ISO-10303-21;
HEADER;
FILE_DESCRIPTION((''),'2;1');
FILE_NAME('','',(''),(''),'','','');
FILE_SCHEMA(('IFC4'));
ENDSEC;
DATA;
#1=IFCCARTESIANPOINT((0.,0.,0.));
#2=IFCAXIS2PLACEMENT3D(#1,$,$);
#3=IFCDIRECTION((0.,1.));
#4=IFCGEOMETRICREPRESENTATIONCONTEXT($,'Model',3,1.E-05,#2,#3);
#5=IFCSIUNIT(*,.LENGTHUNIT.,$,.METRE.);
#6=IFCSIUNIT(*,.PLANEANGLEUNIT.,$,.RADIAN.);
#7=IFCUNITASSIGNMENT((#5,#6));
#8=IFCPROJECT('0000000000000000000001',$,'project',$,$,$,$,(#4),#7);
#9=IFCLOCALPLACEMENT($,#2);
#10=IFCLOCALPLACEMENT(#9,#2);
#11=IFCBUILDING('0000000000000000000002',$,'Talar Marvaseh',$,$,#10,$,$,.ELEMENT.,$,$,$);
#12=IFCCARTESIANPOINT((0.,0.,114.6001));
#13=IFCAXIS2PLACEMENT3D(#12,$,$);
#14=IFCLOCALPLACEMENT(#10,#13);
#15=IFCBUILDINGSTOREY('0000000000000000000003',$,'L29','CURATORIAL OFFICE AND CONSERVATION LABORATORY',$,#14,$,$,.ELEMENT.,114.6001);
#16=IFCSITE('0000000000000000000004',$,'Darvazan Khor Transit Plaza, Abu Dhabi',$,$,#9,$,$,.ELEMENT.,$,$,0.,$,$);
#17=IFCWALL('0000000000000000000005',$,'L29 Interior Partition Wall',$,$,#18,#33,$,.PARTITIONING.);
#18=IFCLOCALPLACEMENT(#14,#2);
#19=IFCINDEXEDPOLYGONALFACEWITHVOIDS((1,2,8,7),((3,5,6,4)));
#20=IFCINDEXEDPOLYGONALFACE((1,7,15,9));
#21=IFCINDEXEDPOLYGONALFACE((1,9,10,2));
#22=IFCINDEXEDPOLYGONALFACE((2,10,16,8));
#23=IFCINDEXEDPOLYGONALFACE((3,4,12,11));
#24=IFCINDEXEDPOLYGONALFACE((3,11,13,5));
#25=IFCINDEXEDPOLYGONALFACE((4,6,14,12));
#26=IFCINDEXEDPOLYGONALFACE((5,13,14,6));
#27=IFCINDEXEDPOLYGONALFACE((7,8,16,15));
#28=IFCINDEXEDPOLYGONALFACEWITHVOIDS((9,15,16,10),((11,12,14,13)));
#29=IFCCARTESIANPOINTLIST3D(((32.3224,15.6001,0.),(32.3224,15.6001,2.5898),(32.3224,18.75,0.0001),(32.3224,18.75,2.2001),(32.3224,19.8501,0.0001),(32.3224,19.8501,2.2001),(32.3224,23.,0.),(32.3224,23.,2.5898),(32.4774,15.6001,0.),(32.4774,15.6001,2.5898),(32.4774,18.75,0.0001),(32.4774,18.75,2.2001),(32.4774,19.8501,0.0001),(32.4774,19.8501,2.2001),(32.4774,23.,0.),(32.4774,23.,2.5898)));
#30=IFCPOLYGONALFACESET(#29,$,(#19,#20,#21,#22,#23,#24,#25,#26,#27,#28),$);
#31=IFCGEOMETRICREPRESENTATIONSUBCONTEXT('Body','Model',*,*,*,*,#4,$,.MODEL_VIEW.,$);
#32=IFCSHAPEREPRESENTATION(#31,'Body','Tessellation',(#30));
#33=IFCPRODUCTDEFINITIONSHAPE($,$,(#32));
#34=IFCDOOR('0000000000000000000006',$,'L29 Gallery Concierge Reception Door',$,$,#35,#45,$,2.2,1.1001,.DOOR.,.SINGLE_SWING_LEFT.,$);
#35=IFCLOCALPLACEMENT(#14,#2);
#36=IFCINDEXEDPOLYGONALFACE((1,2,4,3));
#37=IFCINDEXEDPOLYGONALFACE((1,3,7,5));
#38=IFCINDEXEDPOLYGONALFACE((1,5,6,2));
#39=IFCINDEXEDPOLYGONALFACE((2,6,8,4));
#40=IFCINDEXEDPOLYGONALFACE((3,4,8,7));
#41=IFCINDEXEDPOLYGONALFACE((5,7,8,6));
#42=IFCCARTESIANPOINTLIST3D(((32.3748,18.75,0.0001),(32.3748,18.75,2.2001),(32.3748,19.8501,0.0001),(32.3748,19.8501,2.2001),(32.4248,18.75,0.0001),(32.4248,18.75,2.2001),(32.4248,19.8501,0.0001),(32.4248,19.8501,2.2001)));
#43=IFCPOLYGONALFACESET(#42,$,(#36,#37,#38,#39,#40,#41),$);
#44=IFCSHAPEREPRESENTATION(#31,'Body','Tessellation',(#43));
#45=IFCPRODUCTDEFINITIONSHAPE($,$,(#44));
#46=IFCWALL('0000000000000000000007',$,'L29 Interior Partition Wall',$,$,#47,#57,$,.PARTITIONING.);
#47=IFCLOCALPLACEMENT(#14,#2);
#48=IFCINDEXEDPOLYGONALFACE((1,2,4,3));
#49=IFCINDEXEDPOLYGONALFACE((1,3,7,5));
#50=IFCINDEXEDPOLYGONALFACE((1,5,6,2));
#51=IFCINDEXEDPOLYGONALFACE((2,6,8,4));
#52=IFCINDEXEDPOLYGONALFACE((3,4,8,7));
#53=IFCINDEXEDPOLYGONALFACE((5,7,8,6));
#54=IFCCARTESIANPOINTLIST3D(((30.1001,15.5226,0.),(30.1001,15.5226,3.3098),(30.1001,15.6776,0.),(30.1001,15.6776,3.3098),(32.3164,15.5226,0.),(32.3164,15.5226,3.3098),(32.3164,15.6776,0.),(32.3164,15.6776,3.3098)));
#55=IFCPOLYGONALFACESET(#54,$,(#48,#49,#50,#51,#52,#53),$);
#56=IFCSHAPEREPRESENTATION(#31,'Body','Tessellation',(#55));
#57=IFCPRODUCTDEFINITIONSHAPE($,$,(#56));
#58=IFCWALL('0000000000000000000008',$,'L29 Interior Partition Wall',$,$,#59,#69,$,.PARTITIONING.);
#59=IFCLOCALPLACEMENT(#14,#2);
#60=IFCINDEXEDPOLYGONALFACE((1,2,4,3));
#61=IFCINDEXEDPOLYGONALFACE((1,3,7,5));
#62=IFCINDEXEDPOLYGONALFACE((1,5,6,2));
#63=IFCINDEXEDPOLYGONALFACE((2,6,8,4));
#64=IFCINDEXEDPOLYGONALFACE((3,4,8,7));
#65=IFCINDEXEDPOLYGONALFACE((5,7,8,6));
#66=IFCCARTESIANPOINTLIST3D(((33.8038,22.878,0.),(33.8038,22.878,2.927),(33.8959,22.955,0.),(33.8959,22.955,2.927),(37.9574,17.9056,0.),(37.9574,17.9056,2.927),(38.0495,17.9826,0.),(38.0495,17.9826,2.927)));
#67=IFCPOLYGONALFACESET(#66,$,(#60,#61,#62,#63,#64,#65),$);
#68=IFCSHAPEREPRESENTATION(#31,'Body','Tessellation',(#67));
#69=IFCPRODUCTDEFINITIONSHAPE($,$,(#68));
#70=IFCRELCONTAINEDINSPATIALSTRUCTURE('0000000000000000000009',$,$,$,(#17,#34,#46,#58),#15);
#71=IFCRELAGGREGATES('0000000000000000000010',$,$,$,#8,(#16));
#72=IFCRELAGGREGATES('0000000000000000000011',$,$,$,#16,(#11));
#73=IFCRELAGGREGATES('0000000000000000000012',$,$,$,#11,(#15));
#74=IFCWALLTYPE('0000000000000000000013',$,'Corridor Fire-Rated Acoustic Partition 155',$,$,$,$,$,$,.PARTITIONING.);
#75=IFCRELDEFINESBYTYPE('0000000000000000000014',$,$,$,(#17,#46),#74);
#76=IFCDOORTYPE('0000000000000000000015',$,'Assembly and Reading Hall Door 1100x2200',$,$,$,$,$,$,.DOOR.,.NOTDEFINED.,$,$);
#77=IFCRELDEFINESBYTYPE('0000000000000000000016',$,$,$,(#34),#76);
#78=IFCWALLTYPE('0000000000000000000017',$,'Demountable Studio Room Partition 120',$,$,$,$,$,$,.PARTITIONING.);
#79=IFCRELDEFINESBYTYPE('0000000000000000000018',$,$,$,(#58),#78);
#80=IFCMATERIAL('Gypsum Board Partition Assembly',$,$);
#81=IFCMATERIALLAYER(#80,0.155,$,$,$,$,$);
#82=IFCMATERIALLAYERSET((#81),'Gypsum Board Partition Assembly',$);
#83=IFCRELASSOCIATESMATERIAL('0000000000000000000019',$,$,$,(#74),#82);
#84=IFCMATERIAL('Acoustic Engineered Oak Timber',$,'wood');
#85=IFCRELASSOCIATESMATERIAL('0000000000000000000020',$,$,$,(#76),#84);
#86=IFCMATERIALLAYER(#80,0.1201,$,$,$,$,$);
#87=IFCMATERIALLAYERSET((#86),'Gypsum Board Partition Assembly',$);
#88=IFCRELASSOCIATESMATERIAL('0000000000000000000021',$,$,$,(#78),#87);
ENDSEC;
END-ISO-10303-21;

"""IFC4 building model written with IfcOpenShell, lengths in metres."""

from ifc_helpers import new_model, si_unit, direction, frame, frame_2d, origin, place, context, subcontext, project, spatial, rectangle, extrude, source, transform, mapped, material, layer, layer_set, type_object, type_shapes, element, fill, save


model = new_model("IFC4")

# Units and contexts
model_context = context("Model", 3, precision=1e-05, world=origin(), true_north=direction((0.0, 1.0)))
body_context = subcontext(model_context, "Body", "Model", "MODEL_VIEW")
ifc_project = project(units=[si_unit("LENGTHUNIT", "METRE"), si_unit("PLANEANGLEUNIT", "RADIAN")], contexts=[model_context])

# Site, building, storey
site_placement = place(None, origin())
site = spatial("IfcSite", under=ifc_project, at=site_placement, Name="Darvazan Khor Transit Plaza, Abu Dhabi", CompositionType="ELEMENT", RefElevation=0.0)
building_placement = place(site_placement, origin())
building = spatial("IfcBuilding", under=site, at=building_placement, Name="Talar Marvaseh", CompositionType="ELEMENT")
storey_placement = place(building_placement, frame((0.0, 0.0, 114.6001)))
storey = spatial("IfcBuildingStorey", under=building, at=storey_placement, Name="L29", Description="CURATORIAL OFFICE AND CONSERVATION LABORATORY", CompositionType="ELEMENT", Elevation=114.6001)

# Wall, opening, door
ifc_material_1 = material(Name="Gypsum Board Partition Assembly")
ifc_layer_1 = layer(ifc_material_1, 0.155)
ifc_layer_set_1 = layer_set([ifc_layer_1], Name="Gypsum Board Partition Assembly")
wall_type_1 = type_object("IfcWallType", Name="Corridor Fire-Rated Acoustic Partition 155", PredefinedType="PARTITIONING", material=ifc_layer_set_1)
wall_1_placement = place(storey_placement, frame((32.3999, 23.0, 0.0), z_axis=(0.0, 0.0, 1.0), x_axis=(0.0, -1.0, 0.0)))
wall_1 = element("IfcWall", 1, at=wall_1_placement, inside=storey, type_object=wall_type_1, Name="L29 Interior Partition Wall", PredefinedType="PARTITIONING", context=body_context, shape_type="SweptSolid", body=[
    extrude(rectangle(XDim=7.3999, YDim=0.155, at=frame_2d((3.7, 0.0))), origin(), (0.0, 0.0, 1.0), 2.5898),
])
opening_placement = place(wall_1_placement, frame((3.1499, 0.0, 0.0)))
opening = element("IfcOpeningElement", 2, at=opening_placement, cuts=wall_1, PredefinedType="OPENING", context=body_context, shape_type="SweptSolid", body=[
    extrude(rectangle(XDim=1.1001, YDim=2.2, at=frame_2d((0.55, 1.1001))), frame((0.0, 0.0874, 0.0), z_axis=(0.0, -1.0, 0.0), x_axis=(1.0, 0.0, 0.0)), (0.0, 0.0, 1.0), 0.175),
])
ifc_material_2 = material(Name="Acoustic Engineered Oak Timber", Category="wood")
door_type = type_object("IfcDoorType", Name="Assembly and Reading Hall Door 1100x2200", OperationType="NOTDEFINED", PredefinedType="DOOR", material=ifc_material_2)
shared_shape_1 = source(origin(), body_context, "Body", "SweptSolid", [
    extrude(rectangle(XDim=1.1001, YDim=2.2, at=frame_2d((0.55, 1.1001))), frame((0.0, 0.0249, 0.0), z_axis=(0.0, -1.0, 0.0), x_axis=(1.0, 0.0, 0.0)), (0.0, 0.0, 1.0), 0.05),
])
type_shapes(door_type, [shared_shape_1])
door_placement = place(opening_placement, origin())
door = element("IfcDoor", 3, at=door_placement, inside=storey, type_object=door_type, Name="L29 Gallery Concierge Reception Door", OperationType="SINGLE_SWING_LEFT", OverallHeight=2.2, OverallWidth=1.1001, PredefinedType="DOOR", context=body_context, shape_type="MappedRepresentation", body=[
    mapped(shared_shape_1, transform((0.0, 0.0, 0.0), x_axis=(1.0, 0.0, 0.0), y_axis=(0.0, 1.0, 0.0), z_axis=(0.0, 0.0, 1.0), scale=1.0)),
])
fill(opening, door)

# Walls
wall_2_placement = place(storey_placement, frame((32.3164, 15.6001, 0.0), z_axis=(0.0, 0.0, 1.0), x_axis=(-1.0, 0.0, 0.0)))
element("IfcWall", 4, at=wall_2_placement, inside=storey, type_object=wall_type_1, Name="L29 Interior Partition Wall", PredefinedType="PARTITIONING", context=body_context, shape_type="SweptSolid", body=[
    extrude(rectangle(XDim=2.2163, YDim=0.155, at=frame_2d((1.1082, 0.0))), origin(), (0.0, 0.0, 1.0), 3.3098),
])
ifc_layer_2 = layer(ifc_material_1, 0.1201)
ifc_layer_set_2 = layer_set([ifc_layer_2], Name="Gypsum Board Partition Assembly")
wall_type_2 = type_object("IfcWallType", Name="Demountable Studio Room Partition 120", PredefinedType="PARTITIONING", material=ifc_layer_set_2)
wall_3_placement = place(storey_placement, frame((33.8499, 22.9165, 0.0), z_axis=(0.0, 0.0, 1.0), x_axis=(0.641085, -0.76747, 0.0)))
element("IfcWall", 5, at=wall_3_placement, inside=storey, type_object=wall_type_2, Name="L29 Interior Partition Wall", PredefinedType="PARTITIONING", context=body_context, shape_type="SweptSolid", body=[
    extrude(rectangle(XDim=6.479, YDim=0.1201, at=frame_2d((3.2395, 0.0))), origin(), (0.0, 0.0, 1.0), 2.927),
])

save(model, "model.ifc")
